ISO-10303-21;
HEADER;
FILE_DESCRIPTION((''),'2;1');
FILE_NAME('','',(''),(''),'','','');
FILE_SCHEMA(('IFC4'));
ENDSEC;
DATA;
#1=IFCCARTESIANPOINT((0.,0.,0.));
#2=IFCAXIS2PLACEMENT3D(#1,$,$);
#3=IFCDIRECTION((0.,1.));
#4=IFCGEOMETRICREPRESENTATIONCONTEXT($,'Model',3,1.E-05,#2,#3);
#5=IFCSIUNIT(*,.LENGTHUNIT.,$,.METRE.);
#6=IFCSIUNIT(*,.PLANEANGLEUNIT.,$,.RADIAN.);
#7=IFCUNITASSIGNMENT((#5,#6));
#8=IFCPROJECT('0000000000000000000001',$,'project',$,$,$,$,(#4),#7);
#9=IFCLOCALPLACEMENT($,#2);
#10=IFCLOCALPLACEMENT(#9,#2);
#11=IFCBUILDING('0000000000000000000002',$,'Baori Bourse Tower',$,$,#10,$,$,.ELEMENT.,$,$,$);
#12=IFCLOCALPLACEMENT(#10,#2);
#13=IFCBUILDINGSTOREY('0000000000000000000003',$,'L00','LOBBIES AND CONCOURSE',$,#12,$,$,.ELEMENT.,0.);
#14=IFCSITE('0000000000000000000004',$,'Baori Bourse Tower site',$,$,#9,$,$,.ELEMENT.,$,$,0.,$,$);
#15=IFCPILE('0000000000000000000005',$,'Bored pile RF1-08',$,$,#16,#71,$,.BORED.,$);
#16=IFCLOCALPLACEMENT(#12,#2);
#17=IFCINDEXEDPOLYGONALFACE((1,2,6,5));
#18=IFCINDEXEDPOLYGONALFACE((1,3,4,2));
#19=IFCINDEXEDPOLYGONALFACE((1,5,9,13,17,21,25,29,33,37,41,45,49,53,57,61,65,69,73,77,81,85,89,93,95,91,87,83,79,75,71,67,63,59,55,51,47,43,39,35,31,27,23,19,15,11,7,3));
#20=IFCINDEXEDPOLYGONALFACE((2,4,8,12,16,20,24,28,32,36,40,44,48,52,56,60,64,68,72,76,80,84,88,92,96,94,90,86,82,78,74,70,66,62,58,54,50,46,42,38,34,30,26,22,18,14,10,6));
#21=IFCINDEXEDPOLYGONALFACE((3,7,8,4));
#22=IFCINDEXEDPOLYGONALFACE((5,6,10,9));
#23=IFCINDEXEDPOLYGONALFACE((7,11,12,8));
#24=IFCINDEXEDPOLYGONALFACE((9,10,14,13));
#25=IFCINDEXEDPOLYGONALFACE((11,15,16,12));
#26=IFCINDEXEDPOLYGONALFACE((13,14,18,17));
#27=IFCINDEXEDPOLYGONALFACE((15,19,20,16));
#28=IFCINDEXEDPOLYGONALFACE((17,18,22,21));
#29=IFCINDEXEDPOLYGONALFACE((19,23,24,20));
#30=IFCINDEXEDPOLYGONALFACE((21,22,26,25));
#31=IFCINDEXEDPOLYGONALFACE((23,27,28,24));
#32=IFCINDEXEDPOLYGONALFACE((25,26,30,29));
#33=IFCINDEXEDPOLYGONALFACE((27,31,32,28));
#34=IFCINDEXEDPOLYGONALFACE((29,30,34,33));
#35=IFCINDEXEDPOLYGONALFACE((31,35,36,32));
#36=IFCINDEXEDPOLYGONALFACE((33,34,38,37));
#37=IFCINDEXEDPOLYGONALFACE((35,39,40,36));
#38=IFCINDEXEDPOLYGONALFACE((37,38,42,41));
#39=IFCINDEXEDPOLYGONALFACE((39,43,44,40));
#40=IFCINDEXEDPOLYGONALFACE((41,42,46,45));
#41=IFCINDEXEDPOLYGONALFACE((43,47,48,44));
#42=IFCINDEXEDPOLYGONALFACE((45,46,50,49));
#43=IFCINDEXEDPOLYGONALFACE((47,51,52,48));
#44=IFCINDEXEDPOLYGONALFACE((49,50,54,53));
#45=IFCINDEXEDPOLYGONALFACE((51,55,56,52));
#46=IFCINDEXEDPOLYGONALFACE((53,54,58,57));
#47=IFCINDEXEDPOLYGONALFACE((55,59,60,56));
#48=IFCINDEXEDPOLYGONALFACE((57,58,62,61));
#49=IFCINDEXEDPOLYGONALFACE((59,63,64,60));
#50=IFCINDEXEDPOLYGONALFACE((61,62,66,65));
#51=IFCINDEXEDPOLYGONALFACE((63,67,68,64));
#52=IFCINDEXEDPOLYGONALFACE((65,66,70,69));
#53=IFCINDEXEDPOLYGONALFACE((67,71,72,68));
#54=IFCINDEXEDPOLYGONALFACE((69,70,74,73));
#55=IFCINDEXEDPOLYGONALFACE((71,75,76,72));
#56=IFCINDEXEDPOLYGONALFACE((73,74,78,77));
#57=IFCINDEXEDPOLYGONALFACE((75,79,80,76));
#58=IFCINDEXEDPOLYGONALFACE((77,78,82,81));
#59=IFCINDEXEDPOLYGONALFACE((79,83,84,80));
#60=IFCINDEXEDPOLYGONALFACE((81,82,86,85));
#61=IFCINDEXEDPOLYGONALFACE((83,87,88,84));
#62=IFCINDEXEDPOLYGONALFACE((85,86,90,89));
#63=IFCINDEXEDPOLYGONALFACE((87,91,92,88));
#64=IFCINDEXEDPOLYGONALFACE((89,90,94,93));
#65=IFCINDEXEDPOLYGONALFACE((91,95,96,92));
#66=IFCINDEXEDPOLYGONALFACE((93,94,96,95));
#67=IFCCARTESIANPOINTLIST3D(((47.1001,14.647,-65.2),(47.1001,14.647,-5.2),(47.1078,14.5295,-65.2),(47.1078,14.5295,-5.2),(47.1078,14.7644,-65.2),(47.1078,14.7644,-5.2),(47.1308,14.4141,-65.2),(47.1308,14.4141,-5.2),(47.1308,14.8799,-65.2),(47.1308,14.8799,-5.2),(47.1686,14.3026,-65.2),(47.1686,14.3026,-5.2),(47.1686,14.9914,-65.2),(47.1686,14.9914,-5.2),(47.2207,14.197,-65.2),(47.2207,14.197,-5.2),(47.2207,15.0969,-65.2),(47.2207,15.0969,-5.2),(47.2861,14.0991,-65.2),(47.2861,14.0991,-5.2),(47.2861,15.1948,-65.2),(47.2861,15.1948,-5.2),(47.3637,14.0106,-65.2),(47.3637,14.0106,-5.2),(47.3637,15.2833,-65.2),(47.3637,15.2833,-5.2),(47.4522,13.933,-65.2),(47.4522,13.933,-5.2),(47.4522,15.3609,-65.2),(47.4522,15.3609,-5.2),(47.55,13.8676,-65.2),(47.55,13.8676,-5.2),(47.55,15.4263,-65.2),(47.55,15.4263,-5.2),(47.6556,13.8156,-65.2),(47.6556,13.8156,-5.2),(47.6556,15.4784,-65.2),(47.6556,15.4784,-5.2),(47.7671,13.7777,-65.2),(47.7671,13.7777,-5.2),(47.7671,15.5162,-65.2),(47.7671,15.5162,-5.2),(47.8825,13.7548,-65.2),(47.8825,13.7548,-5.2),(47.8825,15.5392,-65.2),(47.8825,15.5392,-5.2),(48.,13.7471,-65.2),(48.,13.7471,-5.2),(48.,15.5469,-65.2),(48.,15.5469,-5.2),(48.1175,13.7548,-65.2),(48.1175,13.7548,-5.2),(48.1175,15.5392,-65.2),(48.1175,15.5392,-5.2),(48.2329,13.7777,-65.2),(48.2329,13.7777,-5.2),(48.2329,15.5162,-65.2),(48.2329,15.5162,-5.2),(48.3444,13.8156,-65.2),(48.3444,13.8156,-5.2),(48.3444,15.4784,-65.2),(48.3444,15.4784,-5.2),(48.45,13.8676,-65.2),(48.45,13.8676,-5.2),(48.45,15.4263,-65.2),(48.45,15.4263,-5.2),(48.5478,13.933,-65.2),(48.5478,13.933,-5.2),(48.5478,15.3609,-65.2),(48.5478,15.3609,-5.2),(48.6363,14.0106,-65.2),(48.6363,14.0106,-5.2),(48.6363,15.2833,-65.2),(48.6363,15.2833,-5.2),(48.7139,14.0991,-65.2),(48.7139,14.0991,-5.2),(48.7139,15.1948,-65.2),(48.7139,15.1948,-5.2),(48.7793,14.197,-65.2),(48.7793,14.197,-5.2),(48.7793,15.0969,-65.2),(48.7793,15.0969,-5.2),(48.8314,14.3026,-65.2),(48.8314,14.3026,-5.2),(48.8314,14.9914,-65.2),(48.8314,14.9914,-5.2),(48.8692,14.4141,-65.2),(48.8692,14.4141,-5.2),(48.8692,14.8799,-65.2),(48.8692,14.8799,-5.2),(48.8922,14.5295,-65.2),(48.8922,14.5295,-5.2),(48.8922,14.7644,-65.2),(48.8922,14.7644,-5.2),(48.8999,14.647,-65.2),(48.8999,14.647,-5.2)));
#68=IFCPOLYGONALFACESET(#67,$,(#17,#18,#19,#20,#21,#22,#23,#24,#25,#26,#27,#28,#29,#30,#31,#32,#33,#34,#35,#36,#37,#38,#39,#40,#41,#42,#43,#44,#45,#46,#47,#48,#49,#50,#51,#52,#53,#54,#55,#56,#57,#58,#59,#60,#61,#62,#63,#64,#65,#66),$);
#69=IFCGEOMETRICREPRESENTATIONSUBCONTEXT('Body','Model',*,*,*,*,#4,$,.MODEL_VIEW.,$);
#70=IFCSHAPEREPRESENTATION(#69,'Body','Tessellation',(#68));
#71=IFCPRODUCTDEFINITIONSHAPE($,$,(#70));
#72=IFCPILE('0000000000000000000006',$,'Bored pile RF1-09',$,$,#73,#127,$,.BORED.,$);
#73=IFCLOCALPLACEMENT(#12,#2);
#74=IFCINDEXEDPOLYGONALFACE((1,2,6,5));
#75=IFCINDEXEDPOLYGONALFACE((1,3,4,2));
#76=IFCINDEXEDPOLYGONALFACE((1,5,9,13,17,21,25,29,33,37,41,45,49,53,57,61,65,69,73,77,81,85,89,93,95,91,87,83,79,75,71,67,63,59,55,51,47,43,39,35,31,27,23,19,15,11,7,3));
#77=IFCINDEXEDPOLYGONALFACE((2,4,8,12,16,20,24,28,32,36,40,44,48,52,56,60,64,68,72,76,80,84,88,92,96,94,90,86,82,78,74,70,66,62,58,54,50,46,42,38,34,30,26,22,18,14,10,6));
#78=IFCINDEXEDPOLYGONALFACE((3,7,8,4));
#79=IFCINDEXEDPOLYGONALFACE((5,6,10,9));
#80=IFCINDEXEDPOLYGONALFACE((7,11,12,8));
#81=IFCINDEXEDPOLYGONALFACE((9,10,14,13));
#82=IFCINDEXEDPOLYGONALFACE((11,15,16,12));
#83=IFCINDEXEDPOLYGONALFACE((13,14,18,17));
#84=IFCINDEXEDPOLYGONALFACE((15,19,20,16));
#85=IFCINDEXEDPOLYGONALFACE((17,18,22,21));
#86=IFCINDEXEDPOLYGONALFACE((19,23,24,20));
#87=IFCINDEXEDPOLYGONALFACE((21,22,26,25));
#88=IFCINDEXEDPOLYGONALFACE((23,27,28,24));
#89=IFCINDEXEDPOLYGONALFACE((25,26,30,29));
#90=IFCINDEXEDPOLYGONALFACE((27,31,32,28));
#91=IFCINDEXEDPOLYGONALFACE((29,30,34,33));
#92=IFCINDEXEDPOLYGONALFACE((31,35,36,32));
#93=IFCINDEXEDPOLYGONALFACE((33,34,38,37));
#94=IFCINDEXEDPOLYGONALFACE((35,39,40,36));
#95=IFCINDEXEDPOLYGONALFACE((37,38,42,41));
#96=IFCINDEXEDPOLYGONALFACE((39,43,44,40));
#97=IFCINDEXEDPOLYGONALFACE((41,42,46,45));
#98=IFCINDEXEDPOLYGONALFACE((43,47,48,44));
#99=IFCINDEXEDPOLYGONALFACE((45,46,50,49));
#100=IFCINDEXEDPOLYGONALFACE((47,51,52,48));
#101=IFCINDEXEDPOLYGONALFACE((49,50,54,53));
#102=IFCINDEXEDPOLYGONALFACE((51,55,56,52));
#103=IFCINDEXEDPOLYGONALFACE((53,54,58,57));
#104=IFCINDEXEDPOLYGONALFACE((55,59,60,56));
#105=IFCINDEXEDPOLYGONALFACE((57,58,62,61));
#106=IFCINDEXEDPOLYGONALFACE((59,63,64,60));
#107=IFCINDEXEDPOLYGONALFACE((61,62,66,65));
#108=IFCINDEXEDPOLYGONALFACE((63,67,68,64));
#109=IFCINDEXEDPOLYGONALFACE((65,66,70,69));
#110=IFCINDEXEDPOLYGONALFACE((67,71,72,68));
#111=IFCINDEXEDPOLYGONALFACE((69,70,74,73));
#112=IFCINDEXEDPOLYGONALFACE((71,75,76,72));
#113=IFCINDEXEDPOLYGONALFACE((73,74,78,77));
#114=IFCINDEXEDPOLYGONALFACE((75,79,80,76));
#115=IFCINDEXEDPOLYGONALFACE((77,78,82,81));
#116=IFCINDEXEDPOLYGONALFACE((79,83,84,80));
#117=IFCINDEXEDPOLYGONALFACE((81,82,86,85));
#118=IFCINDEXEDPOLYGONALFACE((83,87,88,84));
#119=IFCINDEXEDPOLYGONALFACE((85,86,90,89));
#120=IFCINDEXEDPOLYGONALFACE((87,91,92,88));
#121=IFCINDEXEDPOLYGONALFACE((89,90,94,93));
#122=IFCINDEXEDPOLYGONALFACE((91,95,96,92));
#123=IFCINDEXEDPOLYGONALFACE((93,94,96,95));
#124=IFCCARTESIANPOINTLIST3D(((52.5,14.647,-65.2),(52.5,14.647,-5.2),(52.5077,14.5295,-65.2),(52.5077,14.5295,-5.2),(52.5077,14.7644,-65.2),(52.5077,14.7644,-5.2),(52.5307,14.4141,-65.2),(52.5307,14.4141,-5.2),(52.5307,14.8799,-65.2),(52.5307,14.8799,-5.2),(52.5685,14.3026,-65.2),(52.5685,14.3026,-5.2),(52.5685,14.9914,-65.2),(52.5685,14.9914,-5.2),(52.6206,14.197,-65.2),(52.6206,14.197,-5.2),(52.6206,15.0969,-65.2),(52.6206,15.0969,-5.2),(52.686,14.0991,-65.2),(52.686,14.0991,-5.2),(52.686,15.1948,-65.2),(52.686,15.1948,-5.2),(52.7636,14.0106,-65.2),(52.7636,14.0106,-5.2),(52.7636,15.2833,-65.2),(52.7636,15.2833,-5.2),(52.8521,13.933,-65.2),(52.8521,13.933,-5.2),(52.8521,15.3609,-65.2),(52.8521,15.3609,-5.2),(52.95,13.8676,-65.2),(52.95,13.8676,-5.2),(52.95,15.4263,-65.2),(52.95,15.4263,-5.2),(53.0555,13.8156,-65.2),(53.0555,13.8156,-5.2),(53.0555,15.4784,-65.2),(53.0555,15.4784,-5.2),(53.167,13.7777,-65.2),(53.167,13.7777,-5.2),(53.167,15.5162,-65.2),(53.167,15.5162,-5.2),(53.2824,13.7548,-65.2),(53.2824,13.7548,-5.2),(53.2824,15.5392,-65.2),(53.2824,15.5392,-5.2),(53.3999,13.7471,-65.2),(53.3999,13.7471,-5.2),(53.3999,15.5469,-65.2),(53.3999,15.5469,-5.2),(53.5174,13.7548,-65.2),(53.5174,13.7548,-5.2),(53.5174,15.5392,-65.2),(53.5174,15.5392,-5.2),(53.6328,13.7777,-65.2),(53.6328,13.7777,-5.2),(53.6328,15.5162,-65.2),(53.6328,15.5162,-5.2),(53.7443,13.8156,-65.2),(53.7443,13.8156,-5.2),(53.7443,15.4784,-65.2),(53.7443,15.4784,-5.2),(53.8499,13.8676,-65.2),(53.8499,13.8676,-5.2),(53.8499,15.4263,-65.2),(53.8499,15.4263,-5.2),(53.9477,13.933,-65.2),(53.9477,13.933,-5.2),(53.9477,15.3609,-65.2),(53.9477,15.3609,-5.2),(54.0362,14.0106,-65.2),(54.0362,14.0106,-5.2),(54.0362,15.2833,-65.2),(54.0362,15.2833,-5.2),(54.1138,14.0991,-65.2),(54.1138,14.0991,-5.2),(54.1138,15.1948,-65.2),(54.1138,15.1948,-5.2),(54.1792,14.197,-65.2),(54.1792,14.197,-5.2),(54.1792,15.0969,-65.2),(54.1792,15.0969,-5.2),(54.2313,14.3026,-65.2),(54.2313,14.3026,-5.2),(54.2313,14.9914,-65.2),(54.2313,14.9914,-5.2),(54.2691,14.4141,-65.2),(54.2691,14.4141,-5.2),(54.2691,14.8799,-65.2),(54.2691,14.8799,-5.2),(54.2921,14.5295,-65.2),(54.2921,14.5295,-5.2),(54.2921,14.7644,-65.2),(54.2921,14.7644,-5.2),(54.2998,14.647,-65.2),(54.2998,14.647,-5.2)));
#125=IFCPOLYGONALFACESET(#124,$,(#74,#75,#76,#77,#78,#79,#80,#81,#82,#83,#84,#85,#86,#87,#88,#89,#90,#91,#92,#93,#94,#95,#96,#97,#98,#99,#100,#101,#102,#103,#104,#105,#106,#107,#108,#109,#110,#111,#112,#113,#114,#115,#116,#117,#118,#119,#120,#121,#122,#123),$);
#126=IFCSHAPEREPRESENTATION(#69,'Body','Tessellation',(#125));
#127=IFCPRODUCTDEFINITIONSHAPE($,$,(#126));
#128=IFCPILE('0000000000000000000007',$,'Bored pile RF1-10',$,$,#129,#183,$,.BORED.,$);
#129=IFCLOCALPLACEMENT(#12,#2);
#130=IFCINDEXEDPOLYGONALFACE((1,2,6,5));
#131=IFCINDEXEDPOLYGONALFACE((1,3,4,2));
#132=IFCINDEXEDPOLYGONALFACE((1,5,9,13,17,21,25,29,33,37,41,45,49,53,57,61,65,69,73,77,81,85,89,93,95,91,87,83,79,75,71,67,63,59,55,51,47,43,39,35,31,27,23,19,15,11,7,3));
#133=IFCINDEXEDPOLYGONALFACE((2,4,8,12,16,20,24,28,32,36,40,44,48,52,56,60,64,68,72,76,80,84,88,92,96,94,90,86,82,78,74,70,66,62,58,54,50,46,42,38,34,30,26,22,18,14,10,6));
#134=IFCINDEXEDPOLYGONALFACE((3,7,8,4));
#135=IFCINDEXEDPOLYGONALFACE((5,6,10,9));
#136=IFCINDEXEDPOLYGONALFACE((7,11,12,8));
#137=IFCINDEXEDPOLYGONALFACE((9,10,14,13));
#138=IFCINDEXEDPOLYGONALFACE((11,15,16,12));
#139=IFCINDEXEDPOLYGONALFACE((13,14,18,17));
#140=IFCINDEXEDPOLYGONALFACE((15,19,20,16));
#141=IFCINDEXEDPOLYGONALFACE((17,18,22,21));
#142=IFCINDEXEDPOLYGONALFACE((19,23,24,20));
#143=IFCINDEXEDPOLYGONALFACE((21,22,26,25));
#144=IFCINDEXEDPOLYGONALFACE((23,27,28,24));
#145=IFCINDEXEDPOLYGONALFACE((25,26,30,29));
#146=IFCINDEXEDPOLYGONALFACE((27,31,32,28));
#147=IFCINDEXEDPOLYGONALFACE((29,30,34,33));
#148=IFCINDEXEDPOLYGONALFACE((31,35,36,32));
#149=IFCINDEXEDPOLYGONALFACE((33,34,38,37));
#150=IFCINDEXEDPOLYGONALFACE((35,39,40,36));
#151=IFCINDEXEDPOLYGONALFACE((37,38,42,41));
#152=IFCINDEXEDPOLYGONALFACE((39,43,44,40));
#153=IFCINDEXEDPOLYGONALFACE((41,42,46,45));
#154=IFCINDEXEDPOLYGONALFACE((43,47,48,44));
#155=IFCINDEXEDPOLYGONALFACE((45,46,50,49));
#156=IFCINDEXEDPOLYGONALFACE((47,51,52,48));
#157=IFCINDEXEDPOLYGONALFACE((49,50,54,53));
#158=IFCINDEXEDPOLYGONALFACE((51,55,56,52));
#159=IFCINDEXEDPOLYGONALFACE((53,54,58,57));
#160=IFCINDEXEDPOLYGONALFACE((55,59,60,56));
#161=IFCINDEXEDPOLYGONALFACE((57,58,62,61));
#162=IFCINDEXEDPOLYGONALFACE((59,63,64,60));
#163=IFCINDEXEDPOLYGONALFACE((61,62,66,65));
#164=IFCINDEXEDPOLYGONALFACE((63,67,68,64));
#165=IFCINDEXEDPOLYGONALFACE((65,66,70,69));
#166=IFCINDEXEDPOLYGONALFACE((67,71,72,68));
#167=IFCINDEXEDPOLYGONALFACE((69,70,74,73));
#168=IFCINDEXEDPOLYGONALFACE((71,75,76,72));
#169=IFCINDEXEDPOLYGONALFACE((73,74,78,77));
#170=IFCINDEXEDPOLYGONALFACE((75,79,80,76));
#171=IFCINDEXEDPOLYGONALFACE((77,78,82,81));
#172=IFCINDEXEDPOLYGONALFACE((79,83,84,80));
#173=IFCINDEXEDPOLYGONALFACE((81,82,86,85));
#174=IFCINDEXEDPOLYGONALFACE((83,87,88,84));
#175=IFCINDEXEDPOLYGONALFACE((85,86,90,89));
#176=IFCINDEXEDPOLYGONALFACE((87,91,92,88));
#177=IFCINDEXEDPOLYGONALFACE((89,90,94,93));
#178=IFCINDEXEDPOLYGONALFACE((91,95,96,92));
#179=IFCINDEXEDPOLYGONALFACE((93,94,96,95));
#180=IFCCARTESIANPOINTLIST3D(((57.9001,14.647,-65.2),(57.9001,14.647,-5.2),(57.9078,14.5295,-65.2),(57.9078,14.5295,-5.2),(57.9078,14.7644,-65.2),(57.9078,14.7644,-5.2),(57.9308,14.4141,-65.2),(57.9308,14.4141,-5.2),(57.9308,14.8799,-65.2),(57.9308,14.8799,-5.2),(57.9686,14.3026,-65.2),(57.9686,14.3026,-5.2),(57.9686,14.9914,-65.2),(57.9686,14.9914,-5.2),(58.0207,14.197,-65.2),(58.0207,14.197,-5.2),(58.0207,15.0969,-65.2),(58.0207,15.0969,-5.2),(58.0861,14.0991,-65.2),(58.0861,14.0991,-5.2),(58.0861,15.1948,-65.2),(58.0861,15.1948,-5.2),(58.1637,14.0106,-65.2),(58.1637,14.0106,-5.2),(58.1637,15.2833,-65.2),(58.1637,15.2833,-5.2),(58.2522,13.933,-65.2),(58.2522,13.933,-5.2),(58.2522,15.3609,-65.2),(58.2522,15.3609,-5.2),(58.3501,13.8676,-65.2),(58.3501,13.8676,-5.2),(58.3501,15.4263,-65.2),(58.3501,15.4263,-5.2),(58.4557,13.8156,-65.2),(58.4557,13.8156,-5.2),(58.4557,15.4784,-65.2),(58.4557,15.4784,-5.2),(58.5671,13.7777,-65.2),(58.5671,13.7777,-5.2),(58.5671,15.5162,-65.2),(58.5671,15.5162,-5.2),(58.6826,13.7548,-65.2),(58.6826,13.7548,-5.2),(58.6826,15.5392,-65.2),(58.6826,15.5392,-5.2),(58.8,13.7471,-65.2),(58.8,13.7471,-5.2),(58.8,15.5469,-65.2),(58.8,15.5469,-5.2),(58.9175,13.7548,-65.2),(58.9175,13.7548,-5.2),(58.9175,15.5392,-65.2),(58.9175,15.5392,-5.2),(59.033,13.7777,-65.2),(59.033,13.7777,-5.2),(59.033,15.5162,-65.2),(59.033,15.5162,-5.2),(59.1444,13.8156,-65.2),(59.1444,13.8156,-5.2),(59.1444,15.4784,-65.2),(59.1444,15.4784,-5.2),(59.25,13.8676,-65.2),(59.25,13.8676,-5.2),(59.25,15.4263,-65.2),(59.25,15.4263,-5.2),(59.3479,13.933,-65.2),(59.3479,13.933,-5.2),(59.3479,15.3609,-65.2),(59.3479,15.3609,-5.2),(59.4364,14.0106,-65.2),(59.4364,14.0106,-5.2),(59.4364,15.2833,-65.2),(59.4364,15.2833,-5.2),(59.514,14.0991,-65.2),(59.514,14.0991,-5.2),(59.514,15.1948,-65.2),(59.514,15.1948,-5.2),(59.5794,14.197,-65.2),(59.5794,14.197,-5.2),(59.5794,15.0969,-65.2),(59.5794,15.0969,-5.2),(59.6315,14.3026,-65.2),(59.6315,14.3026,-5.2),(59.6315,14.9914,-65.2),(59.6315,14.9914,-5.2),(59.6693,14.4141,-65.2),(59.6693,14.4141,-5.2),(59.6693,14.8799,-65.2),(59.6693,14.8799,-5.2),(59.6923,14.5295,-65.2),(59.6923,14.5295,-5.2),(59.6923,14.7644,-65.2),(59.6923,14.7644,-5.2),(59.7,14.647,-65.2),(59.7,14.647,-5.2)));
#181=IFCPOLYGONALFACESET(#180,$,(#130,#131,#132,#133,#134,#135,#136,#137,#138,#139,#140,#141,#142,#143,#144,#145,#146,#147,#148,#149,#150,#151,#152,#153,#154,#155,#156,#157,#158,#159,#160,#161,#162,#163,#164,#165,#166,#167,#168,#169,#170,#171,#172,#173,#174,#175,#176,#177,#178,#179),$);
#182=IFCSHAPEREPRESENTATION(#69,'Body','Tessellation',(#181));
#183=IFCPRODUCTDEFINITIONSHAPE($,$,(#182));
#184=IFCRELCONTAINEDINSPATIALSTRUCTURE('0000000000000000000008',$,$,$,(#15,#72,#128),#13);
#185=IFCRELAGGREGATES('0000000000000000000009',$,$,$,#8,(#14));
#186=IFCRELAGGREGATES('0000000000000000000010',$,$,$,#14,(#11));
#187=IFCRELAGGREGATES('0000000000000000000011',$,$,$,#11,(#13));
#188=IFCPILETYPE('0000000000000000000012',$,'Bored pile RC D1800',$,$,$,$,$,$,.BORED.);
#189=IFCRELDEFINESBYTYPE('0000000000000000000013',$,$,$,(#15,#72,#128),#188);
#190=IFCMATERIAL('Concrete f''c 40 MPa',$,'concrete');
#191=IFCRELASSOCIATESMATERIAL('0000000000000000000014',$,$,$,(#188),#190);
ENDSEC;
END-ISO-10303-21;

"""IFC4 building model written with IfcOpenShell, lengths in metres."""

from ifc_helpers import new_model, si_unit, direction, frame, origin, origin_2d, place, context, subcontext, project, spatial, circle, extrude, material, material_profile, profile_set, type_object, element, save


model = new_model("IFC4")

# Units and contexts
model_context = context("Model", 3, precision=1e-05, world=origin(), true_north=direction((0.0, 1.0)))
body_context = subcontext(model_context, "Body", "Model", "MODEL_VIEW")
ifc_project = project(units=[si_unit("LENGTHUNIT", "METRE"), si_unit("PLANEANGLEUNIT", "RADIAN")], contexts=[model_context])

# Site, building, storey
site_placement = place(None, origin())
site = spatial("IfcSite", under=ifc_project, at=site_placement, Name="Baori Bourse Tower site", CompositionType="ELEMENT", RefElevation=0.0)
building_placement = place(site_placement, origin())
building = spatial("IfcBuilding", under=site, at=building_placement, Name="Baori Bourse Tower", CompositionType="ELEMENT")
storey_placement = place(building_placement, origin())
storey = spatial("IfcBuildingStorey", under=building, at=storey_placement, Name="L00", Description="LOBBIES AND CONCOURSE", CompositionType="ELEMENT", Elevation=0.0)

# Piles
ifc_material_1 = material(Name="Concrete f'c 40 MPa", Category="concrete")
ifc_material_profile_1 = material_profile(ifc_material_1, circle(Radius=0.8999, at=origin_2d()), Name="RC D1800")
ifc_profile_set_1 = profile_set([ifc_material_profile_1], Name="Concrete f'c 40 MPa")
pile_type = type_object("IfcPileType", Name="Bored pile RC D1800", PredefinedType="BORED", material=ifc_profile_set_1)
for number, where, z_axis, x_axis, name in (
    (1, (48.0, 14.647, -5.2), (0.0, 0.0, -1.0), (1.0, 0.0, 0.0), "Bored pile RF1-08"),
    (2, (53.3999, 14.647, -5.2), (0.0, 0.0, -1.0), (1.0, 0.0, 0.0), "Bored pile RF1-09"),
    (3, (58.8, 14.647, -5.2), (0.0, 0.0, -1.0), (1.0, 0.0, 0.0), "Bored pile RF1-10"),
):
    element("IfcPile", number, at=place(storey_placement, frame(where, z_axis=z_axis, x_axis=x_axis)), inside=storey, type_object=pile_type, Name=name, PredefinedType="BORED", context=body_context, shape_type="SweptSolid", body=[
        extrude(circle(Radius=0.8999, at=origin_2d()), origin(), (0.0, 0.0, 1.0), 60.0),
    ])

save(model, "model.ifc")
